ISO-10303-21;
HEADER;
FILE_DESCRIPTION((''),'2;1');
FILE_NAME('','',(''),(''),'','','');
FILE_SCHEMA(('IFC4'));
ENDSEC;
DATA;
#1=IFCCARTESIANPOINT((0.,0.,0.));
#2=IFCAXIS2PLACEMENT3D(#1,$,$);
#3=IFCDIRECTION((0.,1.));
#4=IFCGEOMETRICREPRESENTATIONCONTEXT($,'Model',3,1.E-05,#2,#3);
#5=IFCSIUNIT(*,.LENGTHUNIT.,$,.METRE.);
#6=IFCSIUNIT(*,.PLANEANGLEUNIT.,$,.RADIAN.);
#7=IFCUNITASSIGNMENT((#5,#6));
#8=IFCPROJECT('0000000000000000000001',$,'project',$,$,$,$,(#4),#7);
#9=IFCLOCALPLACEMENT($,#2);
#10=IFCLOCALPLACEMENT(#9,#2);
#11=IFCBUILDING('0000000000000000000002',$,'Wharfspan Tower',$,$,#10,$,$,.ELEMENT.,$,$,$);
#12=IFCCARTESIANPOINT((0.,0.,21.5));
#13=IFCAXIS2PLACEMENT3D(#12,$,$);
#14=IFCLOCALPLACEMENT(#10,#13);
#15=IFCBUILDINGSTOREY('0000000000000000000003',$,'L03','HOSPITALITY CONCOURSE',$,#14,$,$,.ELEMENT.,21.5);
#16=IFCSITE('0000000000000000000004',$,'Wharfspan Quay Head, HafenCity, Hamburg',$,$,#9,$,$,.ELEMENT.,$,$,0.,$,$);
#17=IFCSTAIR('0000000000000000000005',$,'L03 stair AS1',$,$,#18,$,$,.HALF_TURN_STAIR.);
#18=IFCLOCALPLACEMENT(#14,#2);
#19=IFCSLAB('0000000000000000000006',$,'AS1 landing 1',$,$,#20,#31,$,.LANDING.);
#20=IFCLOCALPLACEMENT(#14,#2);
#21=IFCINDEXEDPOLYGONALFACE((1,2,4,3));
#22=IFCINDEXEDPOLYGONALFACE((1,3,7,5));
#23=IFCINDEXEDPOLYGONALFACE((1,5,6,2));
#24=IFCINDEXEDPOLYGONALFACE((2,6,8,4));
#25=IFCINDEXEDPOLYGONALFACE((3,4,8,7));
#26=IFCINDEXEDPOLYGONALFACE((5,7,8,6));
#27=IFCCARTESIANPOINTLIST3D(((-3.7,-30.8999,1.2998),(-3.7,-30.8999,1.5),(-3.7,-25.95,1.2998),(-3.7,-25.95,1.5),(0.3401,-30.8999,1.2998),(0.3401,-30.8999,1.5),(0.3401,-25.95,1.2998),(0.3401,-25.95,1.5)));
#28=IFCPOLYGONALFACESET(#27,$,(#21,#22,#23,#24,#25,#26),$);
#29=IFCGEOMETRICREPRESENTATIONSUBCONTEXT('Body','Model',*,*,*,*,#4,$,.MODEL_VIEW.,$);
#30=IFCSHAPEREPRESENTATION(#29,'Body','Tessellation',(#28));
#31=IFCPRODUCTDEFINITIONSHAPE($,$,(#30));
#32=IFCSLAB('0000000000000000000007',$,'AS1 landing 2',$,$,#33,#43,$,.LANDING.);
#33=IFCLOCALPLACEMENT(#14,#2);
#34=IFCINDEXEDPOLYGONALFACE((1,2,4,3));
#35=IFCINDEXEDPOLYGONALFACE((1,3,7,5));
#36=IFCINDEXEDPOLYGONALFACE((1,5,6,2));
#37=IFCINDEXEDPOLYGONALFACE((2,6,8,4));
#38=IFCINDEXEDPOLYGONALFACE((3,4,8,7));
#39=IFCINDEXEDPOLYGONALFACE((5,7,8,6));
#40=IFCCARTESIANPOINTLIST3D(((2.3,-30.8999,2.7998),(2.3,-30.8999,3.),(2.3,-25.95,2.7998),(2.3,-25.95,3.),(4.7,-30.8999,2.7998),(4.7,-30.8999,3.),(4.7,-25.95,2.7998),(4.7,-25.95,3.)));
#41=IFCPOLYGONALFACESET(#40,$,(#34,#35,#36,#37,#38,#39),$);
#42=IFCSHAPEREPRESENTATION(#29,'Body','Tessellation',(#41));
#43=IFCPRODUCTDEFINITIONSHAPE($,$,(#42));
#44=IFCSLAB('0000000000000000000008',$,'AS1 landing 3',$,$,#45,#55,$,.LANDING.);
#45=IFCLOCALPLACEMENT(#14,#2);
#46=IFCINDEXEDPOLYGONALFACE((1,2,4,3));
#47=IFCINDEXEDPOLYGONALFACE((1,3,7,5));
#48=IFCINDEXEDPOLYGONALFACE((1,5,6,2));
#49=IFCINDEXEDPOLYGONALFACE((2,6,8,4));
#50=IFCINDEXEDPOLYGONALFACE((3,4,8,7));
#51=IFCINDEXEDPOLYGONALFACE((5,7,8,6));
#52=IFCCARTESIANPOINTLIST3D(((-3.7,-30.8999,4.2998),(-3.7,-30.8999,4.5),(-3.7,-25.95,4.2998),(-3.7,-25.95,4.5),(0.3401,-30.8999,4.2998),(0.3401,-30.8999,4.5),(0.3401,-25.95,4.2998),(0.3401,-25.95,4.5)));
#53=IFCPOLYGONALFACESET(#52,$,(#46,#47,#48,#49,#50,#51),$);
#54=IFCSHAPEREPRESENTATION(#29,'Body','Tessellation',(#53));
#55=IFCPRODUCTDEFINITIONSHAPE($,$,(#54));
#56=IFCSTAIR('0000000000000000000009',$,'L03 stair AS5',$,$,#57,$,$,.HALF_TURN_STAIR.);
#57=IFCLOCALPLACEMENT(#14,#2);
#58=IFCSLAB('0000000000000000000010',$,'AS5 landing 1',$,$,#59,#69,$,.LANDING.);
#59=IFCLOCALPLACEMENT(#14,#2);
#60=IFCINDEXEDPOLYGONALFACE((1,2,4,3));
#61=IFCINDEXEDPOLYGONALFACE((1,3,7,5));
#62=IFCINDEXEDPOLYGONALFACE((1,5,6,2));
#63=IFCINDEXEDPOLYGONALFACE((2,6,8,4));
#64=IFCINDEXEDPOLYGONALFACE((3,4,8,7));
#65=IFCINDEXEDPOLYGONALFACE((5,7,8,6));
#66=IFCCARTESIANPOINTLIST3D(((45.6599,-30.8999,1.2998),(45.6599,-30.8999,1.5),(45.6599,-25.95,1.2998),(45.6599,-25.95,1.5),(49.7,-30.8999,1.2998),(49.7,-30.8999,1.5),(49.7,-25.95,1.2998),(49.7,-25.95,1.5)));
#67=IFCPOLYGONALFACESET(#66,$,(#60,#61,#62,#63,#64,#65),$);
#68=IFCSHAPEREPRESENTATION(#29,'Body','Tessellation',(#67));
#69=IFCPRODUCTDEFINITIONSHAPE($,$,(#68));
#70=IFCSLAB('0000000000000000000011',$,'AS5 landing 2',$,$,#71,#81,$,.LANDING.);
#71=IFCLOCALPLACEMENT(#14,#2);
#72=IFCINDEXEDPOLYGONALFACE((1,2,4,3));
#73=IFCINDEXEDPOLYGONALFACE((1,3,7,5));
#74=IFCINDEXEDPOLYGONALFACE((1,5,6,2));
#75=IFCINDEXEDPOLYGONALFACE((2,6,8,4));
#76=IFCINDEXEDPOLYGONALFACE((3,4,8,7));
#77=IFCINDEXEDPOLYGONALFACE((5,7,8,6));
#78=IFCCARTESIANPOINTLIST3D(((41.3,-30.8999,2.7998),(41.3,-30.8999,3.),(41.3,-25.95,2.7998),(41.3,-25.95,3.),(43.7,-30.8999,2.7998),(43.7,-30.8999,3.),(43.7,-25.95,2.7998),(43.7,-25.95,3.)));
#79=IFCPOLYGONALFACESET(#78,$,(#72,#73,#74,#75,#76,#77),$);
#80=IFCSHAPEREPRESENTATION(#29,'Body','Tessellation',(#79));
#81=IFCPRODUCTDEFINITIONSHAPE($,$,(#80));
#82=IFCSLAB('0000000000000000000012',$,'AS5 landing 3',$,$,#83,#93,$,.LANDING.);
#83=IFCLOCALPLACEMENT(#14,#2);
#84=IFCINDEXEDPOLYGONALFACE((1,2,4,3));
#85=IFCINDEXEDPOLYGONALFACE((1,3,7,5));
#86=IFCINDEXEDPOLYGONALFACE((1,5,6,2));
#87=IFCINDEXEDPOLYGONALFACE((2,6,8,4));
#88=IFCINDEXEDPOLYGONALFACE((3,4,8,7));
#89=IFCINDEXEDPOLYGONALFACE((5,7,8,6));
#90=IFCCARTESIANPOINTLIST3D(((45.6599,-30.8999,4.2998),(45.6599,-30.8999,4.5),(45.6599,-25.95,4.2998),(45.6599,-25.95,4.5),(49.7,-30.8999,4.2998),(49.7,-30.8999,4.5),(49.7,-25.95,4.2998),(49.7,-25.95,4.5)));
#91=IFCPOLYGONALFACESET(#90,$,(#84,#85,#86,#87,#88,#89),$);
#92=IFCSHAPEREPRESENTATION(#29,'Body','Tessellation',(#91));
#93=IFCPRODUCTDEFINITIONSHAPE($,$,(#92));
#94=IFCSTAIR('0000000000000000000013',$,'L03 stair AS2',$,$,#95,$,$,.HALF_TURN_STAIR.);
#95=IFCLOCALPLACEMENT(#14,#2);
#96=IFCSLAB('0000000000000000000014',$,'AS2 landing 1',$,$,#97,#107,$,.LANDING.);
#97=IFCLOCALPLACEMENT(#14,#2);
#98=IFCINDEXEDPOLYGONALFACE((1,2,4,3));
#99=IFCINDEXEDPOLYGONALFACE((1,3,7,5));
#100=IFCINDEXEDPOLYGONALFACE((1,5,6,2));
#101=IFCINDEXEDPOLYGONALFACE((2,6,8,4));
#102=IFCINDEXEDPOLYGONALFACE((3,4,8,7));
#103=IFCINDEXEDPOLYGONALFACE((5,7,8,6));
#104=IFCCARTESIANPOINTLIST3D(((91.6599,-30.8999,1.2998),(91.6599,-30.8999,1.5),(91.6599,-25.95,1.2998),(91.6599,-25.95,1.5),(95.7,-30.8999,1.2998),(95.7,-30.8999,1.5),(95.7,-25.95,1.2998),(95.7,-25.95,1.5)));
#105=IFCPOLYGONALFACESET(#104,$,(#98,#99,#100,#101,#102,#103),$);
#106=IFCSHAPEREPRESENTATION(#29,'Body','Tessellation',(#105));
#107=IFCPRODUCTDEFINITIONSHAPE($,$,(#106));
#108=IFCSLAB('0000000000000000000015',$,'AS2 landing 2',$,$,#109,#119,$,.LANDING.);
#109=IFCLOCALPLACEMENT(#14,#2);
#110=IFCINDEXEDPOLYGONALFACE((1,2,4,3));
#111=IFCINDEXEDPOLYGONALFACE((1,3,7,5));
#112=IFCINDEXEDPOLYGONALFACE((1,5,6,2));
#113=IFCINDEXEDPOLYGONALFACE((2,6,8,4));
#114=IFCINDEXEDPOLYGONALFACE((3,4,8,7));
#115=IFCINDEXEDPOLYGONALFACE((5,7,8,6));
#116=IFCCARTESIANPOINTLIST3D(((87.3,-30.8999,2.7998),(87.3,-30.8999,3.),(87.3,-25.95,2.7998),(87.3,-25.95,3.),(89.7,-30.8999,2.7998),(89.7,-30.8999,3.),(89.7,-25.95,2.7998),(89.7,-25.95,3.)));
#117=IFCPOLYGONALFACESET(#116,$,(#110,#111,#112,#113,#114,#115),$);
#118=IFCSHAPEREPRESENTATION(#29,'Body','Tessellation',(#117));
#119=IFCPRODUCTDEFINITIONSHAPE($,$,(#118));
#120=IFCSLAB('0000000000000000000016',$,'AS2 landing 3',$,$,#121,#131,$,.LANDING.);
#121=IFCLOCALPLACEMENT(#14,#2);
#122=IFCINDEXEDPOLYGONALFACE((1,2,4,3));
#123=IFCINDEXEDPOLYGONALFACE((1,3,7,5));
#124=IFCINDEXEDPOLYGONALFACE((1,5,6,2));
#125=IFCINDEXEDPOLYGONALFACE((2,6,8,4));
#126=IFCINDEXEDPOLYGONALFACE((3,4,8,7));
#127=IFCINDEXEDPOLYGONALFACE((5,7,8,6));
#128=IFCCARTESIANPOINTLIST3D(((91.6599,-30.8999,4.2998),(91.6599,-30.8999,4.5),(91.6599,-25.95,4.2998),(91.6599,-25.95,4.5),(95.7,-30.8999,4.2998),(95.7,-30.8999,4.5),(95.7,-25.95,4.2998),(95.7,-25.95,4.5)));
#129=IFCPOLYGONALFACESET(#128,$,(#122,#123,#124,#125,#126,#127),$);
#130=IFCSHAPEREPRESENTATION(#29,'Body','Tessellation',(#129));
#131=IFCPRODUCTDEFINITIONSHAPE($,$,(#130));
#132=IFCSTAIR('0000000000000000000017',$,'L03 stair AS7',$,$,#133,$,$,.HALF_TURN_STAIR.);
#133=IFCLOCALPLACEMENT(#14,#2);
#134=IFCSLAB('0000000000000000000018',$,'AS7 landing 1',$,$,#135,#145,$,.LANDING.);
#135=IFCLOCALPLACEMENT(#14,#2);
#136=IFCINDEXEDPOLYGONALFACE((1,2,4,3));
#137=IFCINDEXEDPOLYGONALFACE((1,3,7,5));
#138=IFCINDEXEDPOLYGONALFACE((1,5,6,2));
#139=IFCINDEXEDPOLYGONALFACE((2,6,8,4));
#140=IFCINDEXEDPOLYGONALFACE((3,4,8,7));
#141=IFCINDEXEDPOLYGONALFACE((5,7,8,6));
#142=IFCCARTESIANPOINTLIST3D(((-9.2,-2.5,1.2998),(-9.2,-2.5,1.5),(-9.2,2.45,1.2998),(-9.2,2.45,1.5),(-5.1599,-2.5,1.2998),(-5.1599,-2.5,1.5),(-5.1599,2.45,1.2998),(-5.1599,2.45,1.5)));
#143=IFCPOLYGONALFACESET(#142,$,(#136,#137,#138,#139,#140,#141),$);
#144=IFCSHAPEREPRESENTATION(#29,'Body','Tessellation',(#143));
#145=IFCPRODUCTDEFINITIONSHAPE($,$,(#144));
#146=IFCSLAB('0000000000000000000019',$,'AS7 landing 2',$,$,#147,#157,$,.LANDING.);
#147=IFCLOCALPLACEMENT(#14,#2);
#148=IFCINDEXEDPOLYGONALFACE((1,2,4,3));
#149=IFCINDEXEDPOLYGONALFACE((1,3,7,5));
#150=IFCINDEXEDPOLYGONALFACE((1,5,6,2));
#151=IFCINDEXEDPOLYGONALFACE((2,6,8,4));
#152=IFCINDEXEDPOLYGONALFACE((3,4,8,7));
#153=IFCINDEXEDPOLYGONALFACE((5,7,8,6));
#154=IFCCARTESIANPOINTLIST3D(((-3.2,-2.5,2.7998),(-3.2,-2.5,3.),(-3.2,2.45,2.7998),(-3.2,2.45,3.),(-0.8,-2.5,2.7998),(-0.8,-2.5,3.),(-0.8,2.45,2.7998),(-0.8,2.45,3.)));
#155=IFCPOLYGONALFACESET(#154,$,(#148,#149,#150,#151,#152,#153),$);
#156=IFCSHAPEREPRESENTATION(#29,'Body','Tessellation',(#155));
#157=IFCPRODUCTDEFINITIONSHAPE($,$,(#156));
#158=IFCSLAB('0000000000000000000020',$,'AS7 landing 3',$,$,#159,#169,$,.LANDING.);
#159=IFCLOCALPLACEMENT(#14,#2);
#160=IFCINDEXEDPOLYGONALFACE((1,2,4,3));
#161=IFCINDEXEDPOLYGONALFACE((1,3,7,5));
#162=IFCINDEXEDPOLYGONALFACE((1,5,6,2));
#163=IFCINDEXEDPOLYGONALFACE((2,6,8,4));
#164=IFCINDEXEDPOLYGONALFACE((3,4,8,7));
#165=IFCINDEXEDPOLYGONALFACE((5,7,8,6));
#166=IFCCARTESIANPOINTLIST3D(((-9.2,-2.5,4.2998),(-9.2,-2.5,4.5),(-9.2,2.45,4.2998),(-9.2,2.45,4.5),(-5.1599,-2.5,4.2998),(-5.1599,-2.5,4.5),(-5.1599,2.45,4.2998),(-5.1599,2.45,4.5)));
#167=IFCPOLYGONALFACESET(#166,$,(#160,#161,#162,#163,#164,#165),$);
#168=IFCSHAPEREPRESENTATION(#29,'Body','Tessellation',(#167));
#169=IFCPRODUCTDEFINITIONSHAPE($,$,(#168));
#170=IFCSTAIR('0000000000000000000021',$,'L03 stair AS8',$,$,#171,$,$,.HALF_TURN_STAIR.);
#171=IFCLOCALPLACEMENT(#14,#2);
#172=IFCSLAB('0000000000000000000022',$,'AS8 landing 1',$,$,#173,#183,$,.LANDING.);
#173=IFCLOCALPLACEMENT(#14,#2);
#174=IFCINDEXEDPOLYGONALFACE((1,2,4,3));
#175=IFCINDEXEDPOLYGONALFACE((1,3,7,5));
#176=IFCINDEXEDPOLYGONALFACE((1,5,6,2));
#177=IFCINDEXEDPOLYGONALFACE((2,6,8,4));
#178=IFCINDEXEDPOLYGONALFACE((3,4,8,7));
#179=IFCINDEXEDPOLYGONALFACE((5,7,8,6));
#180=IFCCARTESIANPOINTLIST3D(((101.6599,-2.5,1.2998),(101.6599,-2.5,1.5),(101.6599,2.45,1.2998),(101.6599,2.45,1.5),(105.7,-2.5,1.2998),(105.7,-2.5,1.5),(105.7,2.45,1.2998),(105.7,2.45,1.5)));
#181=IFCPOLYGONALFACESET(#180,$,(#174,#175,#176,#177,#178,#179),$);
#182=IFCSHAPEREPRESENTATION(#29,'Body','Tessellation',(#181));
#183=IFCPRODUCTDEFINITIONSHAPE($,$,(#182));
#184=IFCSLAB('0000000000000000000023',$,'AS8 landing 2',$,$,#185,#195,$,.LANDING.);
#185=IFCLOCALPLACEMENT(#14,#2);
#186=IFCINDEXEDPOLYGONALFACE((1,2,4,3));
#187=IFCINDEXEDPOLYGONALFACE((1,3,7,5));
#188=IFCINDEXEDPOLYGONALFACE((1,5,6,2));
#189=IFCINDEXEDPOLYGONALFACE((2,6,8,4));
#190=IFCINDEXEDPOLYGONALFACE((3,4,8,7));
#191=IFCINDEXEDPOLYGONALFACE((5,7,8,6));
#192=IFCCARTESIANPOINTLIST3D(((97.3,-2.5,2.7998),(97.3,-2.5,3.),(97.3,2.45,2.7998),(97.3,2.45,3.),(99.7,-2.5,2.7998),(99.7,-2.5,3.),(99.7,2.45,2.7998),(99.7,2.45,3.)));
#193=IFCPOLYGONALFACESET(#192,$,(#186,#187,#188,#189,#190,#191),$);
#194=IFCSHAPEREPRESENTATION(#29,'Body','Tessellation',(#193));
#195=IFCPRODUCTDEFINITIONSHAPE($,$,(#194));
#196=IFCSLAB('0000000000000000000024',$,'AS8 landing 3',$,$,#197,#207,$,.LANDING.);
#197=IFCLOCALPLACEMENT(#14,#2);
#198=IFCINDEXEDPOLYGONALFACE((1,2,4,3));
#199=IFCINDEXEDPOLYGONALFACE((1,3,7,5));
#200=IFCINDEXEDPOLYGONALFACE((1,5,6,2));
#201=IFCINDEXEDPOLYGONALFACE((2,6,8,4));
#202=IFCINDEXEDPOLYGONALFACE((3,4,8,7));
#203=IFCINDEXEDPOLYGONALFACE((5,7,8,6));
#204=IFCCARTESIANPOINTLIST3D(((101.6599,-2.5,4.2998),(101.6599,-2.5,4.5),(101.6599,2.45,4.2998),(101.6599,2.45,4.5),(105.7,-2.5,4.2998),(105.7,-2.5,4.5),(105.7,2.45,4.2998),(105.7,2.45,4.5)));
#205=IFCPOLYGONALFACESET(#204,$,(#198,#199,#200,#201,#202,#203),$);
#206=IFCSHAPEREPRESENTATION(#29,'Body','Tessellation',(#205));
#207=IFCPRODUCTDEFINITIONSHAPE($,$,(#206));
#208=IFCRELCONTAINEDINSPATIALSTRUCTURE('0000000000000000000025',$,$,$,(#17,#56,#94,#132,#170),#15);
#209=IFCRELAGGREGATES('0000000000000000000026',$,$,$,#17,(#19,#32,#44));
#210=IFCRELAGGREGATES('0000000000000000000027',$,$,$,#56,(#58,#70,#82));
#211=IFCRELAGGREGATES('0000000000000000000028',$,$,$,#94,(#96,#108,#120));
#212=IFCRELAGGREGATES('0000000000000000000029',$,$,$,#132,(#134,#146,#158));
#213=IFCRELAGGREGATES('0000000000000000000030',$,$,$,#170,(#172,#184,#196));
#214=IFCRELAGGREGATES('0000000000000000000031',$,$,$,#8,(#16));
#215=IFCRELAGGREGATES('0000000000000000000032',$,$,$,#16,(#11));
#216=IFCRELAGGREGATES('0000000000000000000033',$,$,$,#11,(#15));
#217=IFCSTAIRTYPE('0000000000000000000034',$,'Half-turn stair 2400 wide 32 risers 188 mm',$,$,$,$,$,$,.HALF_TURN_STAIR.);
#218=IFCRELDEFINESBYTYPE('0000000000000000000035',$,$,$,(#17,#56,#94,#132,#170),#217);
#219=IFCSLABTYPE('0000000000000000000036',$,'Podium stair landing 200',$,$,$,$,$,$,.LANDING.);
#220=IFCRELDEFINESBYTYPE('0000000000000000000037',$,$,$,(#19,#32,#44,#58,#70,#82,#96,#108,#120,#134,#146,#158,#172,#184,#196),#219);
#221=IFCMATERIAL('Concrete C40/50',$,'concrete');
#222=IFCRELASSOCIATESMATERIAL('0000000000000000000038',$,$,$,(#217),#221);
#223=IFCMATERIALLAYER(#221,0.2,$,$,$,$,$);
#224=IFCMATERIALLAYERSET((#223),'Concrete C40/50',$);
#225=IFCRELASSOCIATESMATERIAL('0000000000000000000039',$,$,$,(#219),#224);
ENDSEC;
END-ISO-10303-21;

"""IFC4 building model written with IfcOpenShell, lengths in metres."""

from ifc_helpers import new_model, si_unit, direction, frame, origin, place, context, subcontext, project, spatial, polyline, outline, extrude, material, layer, layer_set, type_object, element, aggregate, save


model = new_model("IFC4")

# Units and contexts
model_context = context("Model", 3, precision=1e-05, world=origin(), true_north=direction((0.0, 1.0)))
body_context = subcontext(model_context, "Body", "Model", "MODEL_VIEW")
ifc_project = project(units=[si_unit("LENGTHUNIT", "METRE"), si_unit("PLANEANGLEUNIT", "RADIAN")], contexts=[model_context])

# Site, building, storey
site_placement = place(None, origin())
site = spatial("IfcSite", under=ifc_project, at=site_placement, Name="Wharfspan Quay Head, HafenCity, Hamburg", CompositionType="ELEMENT", RefElevation=0.0)
building_placement = place(site_placement, origin())
building = spatial("IfcBuilding", under=site, at=building_placement, Name="Wharfspan Tower", CompositionType="ELEMENT")
storey_placement = place(building_placement, frame((0.0, 0.0, 21.5)))
storey = spatial("IfcBuildingStorey", under=building, at=storey_placement, Name="L03", Description="HOSPITALITY CONCOURSE", CompositionType="ELEMENT", Elevation=21.5)

# Stairs, slabs
ifc_material_1 = material(Name="Concrete C40/50", Category="concrete")
stair_type_1 = type_object("IfcStairType", Name="Half-turn stair 2400 wide 32 risers 188 mm", PredefinedType="HALF_TURN_STAIR", material=ifc_material_1)
stair_1_placement = place(storey_placement, origin())
stair_1 = element("IfcStair", 1, at=stair_1_placement, inside=storey, type_object=stair_type_1, Name="L03 stair AS1", PredefinedType="HALF_TURN_STAIR")
ifc_layer_1 = layer(ifc_material_1, 0.2)
ifc_layer_set_1 = layer_set([ifc_layer_1], Name="Concrete C40/50")
slab_type_1 = type_object("IfcSlabType", Name="Podium stair landing 200", PredefinedType="LANDING", material=ifc_layer_set_1)
slab_1_placement = place(storey_placement, frame((0.0, 0.0, 1.2998)))
slab_1 = element("IfcSlab", 2, at=slab_1_placement, type_object=slab_type_1, Name="AS1 landing 1", PredefinedType="LANDING", context=body_context, shape_type="SweptSolid", body=[
    extrude(outline(polyline([(0.3401, -25.95), (-3.7, -25.95), (-3.7, -30.8999), (0.3401, -30.8999), (0.3401, -25.95)])), origin(), (0.0, 0.0, 1.0), 0.2002),
])
slab_2_placement = place(storey_placement, frame((0.0, 0.0, 2.7998)))
slab_2 = element("IfcSlab", 3, at=slab_2_placement, type_object=slab_type_1, Name="AS1 landing 2", PredefinedType="LANDING", context=body_context, shape_type="SweptSolid", body=[
    extrude(outline(polyline([(4.7, -25.95), (2.3, -25.95), (2.3, -30.8999), (4.7, -30.8999), (4.7, -25.95)])), origin(), (0.0, 0.0, 1.0), 0.2002),
])
slab_3_placement = place(storey_placement, frame((0.0, 0.0, 4.2998)))
slab_3 = element("IfcSlab", 4, at=slab_3_placement, type_object=slab_type_1, Name="AS1 landing 3", PredefinedType="LANDING", context=body_context, shape_type="SweptSolid", body=[
    extrude(outline(polyline([(0.3401, -25.95), (-3.7, -25.95), (-3.7, -30.8999), (0.3401, -30.8999), (0.3401, -25.95)])), origin(), (0.0, 0.0, 1.0), 0.2002),
])
aggregate(stair_1, [slab_1, slab_2, slab_3])
stair_2_placement = place(storey_placement, origin())
stair_2 = element("IfcStair", 5, at=stair_2_placement, inside=storey, type_object=stair_type_1, Name="L03 stair AS5", PredefinedType="HALF_TURN_STAIR")
slab_4_placement = place(storey_placement, frame((0.0, 0.0, 1.2998)))
slab_4 = element("IfcSlab", 6, at=slab_4_placement, type_object=slab_type_1, Name="AS5 landing 1", PredefinedType="LANDING", context=body_context, shape_type="SweptSolid", body=[
    extrude(outline(polyline([(45.6599, -30.8999), (49.7, -30.8999), (49.7, -25.95), (45.6599, -25.95), (45.6599, -30.8999)])), origin(), (0.0, 0.0, 1.0), 0.2002),
])
slab_5_placement = place(storey_placement, frame((0.0, 0.0, 2.7998)))
slab_5 = element("IfcSlab", 7, at=slab_5_placement, type_object=slab_type_1, Name="AS5 landing 2", PredefinedType="LANDING", context=body_context, shape_type="SweptSolid", body=[
    extrude(outline(polyline([(41.3, -30.8999), (43.7, -30.8999), (43.7, -25.95), (41.3, -25.95), (41.3, -30.8999)])), origin(), (0.0, 0.0, 1.0), 0.2002),
])
slab_6_placement = place(storey_placement, frame((0.0, 0.0, 4.2998)))
slab_6 = element("IfcSlab", 8, at=slab_6_placement, type_object=slab_type_1, Name="AS5 landing 3", PredefinedType="LANDING", context=body_context, shape_type="SweptSolid", body=[
    extrude(outline(polyline([(45.6599, -30.8999), (49.7, -30.8999), (49.7, -25.95), (45.6599, -25.95), (45.6599, -30.8999)])), origin(), (0.0, 0.0, 1.0), 0.2002),
])
aggregate(stair_2, [slab_4, slab_5, slab_6])
stair_3_placement = place(storey_placement, origin())
stair_3 = element("IfcStair", 9, at=stair_3_placement, inside=storey, type_object=stair_type_1, Name="L03 stair AS2", PredefinedType="HALF_TURN_STAIR")
slab_7_placement = place(storey_placement, frame((0.0, 0.0, 1.2998)))
slab_7 = element("IfcSlab", 10, at=slab_7_placement, type_object=slab_type_1, Name="AS2 landing 1", PredefinedType="LANDING", context=body_context, shape_type="SweptSolid", body=[
    extrude(outline(polyline([(91.6599, -30.8999), (95.7, -30.8999), (95.7, -25.95), (91.6599, -25.95), (91.6599, -30.8999)])), origin(), (0.0, 0.0, 1.0), 0.2002),
])
slab_8_placement = place(storey_placement, frame((0.0, 0.0, 2.7998)))
slab_8 = element("IfcSlab", 11, at=slab_8_placement, type_object=slab_type_1, Name="AS2 landing 2", PredefinedType="LANDING", context=body_context, shape_type="SweptSolid", body=[
    extrude(outline(polyline([(87.3, -30.8999), (89.7, -30.8999), (89.7, -25.95), (87.3, -25.95), (87.3, -30.8999)])), origin(), (0.0, 0.0, 1.0), 0.2002),
])
slab_9_placement = place(storey_placement, frame((0.0, 0.0, 4.2998)))
slab_9 = element("IfcSlab", 12, at=slab_9_placement, type_object=slab_type_1, Name="AS2 landing 3", PredefinedType="LANDING", context=body_context, shape_type="SweptSolid", body=[
    extrude(outline(polyline([(91.6599, -30.8999), (95.7, -30.8999), (95.7, -25.95), (91.6599, -25.95), (91.6599, -30.8999)])), origin(), (0.0, 0.0, 1.0), 0.2002),
])
aggregate(stair_3, [slab_7, slab_8, slab_9])
stair_4_placement = place(storey_placement, origin())
stair_4 = element("IfcStair", 13, at=stair_4_placement, inside=storey, type_object=stair_type_1, Name="L03 stair AS7", PredefinedType="HALF_TURN_STAIR")
slab_10_placement = place(storey_placement, frame((0.0, 0.0, 1.2998)))
slab_10 = element("IfcSlab", 14, at=slab_10_placement, type_object=slab_type_1, Name="AS7 landing 1", PredefinedType="LANDING", context=body_context, shape_type="SweptSolid", body=[
    extrude(outline(polyline([(-5.1599, 2.45), (-9.2, 2.45), (-9.2, -2.5), (-5.1599, -2.5), (-5.1599, 2.45)])), origin(), (0.0, 0.0, 1.0), 0.2002),
])
slab_11_placement = place(storey_placement, frame((0.0, 0.0, 2.7998)))
slab_11 = element("IfcSlab", 15, at=slab_11_placement, type_object=slab_type_1, Name="AS7 landing 2", PredefinedType="LANDING", context=body_context, shape_type="SweptSolid", body=[
    extrude(outline(polyline([(-0.8, 2.45), (-3.2, 2.45), (-3.2, -2.5), (-0.8, -2.5), (-0.8, 2.45)])), origin(), (0.0, 0.0, 1.0), 0.2002),
])
slab_12_placement = place(storey_placement, frame((0.0, 0.0, 4.2998)))
slab_12 = element("IfcSlab", 16, at=slab_12_placement, type_object=slab_type_1, Name="AS7 landing 3", PredefinedType="LANDING", context=body_context, shape_type="SweptSolid", body=[
    extrude(outline(polyline([(-5.1599, 2.45), (-9.2, 2.45), (-9.2, -2.5), (-5.1599, -2.5), (-5.1599, 2.45)])), origin(), (0.0, 0.0, 1.0), 0.2002),
])
aggregate(stair_4, [slab_10, slab_11, slab_12])
stair_5_placement = place(storey_placement, origin())
stair_5 = element("IfcStair", 17, at=stair_5_placement, inside=storey, type_object=stair_type_1, Name="L03 stair AS8", PredefinedType="HALF_TURN_STAIR")
slab_13_placement = place(storey_placement, frame((0.0, 0.0, 1.2998)))
slab_13 = element("IfcSlab", 18, at=slab_13_placement, type_object=slab_type_1, Name="AS8 landing 1", PredefinedType="LANDING", context=body_context, shape_type="SweptSolid", body=[
    extrude(outline(polyline([(101.6599, -2.5), (105.7, -2.5), (105.7, 2.45), (101.6599, 2.45), (101.6599, -2.5)])), origin(), (0.0, 0.0, 1.0), 0.2002),
])
slab_14_placement = place(storey_placement, frame((0.0, 0.0, 2.7998)))
slab_14 = element("IfcSlab", 19, at=slab_14_placement, type_object=slab_type_1, Name="AS8 landing 2", PredefinedType="LANDING", context=body_context, shape_type="SweptSolid", body=[
    extrude(outline(polyline([(97.3, -2.5), (99.7, -2.5), (99.7, 2.45), (97.3, 2.45), (97.3, -2.5)])), origin(), (0.0, 0.0, 1.0), 0.2002),
])
slab_15_placement = place(storey_placement, frame((0.0, 0.0, 4.2998)))
slab_15 = element("IfcSlab", 20, at=slab_15_placement, type_object=slab_type_1, Name="AS8 landing 3", PredefinedType="LANDING", context=body_context, shape_type="SweptSolid", body=[
    extrude(outline(polyline([(101.6599, -2.5), (105.7, -2.5), (105.7, 2.45), (101.6599, 2.45), (101.6599, -2.5)])), origin(), (0.0, 0.0, 1.0), 0.2002),
])
aggregate(stair_5, [slab_13, slab_14, slab_15])

save(model, "model.ifc")
